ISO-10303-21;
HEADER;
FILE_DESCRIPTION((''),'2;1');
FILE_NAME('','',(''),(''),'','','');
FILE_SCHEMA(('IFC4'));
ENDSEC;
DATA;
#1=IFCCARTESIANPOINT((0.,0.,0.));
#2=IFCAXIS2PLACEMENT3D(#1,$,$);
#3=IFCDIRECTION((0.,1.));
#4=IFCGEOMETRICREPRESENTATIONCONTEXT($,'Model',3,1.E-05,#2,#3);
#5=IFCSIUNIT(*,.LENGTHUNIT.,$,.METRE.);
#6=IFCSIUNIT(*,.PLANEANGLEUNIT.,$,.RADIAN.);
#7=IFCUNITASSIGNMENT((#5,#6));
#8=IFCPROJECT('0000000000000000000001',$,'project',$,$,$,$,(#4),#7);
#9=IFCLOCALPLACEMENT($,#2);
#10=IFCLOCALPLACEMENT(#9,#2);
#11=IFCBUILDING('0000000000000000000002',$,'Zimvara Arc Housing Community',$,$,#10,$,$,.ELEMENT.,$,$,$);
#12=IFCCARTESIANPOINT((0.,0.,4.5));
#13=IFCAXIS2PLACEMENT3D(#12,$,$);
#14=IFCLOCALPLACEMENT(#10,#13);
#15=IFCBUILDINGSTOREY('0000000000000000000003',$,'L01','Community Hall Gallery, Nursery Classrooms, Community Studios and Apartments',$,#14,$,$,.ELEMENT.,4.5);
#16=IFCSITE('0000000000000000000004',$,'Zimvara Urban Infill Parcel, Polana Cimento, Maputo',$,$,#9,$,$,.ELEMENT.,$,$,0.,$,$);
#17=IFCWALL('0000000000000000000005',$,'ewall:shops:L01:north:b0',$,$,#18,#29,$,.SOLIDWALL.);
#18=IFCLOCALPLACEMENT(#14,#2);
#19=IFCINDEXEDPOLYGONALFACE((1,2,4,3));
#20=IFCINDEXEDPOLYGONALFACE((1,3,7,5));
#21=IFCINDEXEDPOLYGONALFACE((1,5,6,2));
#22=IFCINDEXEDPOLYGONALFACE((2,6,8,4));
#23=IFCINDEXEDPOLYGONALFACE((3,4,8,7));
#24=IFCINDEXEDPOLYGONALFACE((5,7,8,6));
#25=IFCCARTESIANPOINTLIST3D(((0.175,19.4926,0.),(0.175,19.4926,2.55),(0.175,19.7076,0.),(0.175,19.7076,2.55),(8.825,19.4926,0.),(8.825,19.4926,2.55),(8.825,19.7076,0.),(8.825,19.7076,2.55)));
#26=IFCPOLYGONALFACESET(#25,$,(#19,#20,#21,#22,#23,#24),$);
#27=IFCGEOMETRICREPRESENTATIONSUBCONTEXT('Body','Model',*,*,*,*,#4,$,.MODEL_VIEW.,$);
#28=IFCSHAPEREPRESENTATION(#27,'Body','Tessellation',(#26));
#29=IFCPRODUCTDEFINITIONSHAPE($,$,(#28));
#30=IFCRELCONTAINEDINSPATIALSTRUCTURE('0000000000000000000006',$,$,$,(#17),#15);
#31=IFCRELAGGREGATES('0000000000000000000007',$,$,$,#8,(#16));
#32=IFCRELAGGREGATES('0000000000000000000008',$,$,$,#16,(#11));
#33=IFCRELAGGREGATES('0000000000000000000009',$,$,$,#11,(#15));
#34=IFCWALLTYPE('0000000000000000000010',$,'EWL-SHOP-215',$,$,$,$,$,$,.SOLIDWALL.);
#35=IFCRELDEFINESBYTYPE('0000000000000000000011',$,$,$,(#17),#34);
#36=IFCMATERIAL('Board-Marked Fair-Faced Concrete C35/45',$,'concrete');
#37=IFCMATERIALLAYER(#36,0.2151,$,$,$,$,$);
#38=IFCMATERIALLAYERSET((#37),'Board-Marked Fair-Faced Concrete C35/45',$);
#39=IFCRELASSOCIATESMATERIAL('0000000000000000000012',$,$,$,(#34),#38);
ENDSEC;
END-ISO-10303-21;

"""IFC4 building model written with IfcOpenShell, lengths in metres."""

from ifc_helpers import new_model, si_unit, direction, frame, frame_2d, origin, place, context, subcontext, project, spatial, rectangle, extrude, material, layer, layer_set, type_object, element, save


model = new_model("IFC4")

# Units and contexts
model_context = context("Model", 3, precision=1e-05, world=origin(), true_north=direction((0.0, 1.0)))
body_context = subcontext(model_context, "Body", "Model", "MODEL_VIEW")
ifc_project = project(units=[si_unit("LENGTHUNIT", "METRE"), si_unit("PLANEANGLEUNIT", "RADIAN")], contexts=[model_context])

# Site, building, storey
site_placement = place(None, origin())
site = spatial("IfcSite", under=ifc_project, at=site_placement, Name="Zimvara Urban Infill Parcel, Polana Cimento, Maputo", CompositionType="ELEMENT", RefElevation=0.0)
building_placement = place(site_placement, origin())
building = spatial("IfcBuilding", under=site, at=building_placement, Name="Zimvara Arc Housing Community", CompositionType="ELEMENT")
storey_placement = place(building_placement, frame((0.0, 0.0, 4.5)))
storey = spatial("IfcBuildingStorey", under=building, at=storey_placement, Name="L01", Description="Community Hall Gallery, Nursery Classrooms, Community Studios and Apartments", CompositionType="ELEMENT", Elevation=4.5)

# Wall
ifc_material_1 = material(Name="Board-Marked Fair-Faced Concrete C35/45", Category="concrete")
ifc_layer_1 = layer(ifc_material_1, 0.2151)
ifc_layer_set_1 = layer_set([ifc_layer_1], Name="Board-Marked Fair-Faced Concrete C35/45")
wall_type = type_object("IfcWallType", Name="EWL-SHOP-215", PredefinedType="SOLIDWALL", material=ifc_layer_set_1)
wall_placement = place(storey_placement, frame((0.175, 19.6001, 0.0), z_axis=(0.0, 0.0, 1.0), x_axis=(1.0, 0.0, 0.0)))
element("IfcWall", 1, at=wall_placement, inside=storey, type_object=wall_type, Name="ewall:shops:L01:north:b0", PredefinedType="SOLIDWALL", context=body_context, shape_type="SweptSolid", body=[
    extrude(rectangle(XDim=8.6499, YDim=0.2151, at=frame_2d((4.325, 0.0))), origin(), (0.0, 0.0, 1.0), 2.55),
])

save(model, "model.ifc")
